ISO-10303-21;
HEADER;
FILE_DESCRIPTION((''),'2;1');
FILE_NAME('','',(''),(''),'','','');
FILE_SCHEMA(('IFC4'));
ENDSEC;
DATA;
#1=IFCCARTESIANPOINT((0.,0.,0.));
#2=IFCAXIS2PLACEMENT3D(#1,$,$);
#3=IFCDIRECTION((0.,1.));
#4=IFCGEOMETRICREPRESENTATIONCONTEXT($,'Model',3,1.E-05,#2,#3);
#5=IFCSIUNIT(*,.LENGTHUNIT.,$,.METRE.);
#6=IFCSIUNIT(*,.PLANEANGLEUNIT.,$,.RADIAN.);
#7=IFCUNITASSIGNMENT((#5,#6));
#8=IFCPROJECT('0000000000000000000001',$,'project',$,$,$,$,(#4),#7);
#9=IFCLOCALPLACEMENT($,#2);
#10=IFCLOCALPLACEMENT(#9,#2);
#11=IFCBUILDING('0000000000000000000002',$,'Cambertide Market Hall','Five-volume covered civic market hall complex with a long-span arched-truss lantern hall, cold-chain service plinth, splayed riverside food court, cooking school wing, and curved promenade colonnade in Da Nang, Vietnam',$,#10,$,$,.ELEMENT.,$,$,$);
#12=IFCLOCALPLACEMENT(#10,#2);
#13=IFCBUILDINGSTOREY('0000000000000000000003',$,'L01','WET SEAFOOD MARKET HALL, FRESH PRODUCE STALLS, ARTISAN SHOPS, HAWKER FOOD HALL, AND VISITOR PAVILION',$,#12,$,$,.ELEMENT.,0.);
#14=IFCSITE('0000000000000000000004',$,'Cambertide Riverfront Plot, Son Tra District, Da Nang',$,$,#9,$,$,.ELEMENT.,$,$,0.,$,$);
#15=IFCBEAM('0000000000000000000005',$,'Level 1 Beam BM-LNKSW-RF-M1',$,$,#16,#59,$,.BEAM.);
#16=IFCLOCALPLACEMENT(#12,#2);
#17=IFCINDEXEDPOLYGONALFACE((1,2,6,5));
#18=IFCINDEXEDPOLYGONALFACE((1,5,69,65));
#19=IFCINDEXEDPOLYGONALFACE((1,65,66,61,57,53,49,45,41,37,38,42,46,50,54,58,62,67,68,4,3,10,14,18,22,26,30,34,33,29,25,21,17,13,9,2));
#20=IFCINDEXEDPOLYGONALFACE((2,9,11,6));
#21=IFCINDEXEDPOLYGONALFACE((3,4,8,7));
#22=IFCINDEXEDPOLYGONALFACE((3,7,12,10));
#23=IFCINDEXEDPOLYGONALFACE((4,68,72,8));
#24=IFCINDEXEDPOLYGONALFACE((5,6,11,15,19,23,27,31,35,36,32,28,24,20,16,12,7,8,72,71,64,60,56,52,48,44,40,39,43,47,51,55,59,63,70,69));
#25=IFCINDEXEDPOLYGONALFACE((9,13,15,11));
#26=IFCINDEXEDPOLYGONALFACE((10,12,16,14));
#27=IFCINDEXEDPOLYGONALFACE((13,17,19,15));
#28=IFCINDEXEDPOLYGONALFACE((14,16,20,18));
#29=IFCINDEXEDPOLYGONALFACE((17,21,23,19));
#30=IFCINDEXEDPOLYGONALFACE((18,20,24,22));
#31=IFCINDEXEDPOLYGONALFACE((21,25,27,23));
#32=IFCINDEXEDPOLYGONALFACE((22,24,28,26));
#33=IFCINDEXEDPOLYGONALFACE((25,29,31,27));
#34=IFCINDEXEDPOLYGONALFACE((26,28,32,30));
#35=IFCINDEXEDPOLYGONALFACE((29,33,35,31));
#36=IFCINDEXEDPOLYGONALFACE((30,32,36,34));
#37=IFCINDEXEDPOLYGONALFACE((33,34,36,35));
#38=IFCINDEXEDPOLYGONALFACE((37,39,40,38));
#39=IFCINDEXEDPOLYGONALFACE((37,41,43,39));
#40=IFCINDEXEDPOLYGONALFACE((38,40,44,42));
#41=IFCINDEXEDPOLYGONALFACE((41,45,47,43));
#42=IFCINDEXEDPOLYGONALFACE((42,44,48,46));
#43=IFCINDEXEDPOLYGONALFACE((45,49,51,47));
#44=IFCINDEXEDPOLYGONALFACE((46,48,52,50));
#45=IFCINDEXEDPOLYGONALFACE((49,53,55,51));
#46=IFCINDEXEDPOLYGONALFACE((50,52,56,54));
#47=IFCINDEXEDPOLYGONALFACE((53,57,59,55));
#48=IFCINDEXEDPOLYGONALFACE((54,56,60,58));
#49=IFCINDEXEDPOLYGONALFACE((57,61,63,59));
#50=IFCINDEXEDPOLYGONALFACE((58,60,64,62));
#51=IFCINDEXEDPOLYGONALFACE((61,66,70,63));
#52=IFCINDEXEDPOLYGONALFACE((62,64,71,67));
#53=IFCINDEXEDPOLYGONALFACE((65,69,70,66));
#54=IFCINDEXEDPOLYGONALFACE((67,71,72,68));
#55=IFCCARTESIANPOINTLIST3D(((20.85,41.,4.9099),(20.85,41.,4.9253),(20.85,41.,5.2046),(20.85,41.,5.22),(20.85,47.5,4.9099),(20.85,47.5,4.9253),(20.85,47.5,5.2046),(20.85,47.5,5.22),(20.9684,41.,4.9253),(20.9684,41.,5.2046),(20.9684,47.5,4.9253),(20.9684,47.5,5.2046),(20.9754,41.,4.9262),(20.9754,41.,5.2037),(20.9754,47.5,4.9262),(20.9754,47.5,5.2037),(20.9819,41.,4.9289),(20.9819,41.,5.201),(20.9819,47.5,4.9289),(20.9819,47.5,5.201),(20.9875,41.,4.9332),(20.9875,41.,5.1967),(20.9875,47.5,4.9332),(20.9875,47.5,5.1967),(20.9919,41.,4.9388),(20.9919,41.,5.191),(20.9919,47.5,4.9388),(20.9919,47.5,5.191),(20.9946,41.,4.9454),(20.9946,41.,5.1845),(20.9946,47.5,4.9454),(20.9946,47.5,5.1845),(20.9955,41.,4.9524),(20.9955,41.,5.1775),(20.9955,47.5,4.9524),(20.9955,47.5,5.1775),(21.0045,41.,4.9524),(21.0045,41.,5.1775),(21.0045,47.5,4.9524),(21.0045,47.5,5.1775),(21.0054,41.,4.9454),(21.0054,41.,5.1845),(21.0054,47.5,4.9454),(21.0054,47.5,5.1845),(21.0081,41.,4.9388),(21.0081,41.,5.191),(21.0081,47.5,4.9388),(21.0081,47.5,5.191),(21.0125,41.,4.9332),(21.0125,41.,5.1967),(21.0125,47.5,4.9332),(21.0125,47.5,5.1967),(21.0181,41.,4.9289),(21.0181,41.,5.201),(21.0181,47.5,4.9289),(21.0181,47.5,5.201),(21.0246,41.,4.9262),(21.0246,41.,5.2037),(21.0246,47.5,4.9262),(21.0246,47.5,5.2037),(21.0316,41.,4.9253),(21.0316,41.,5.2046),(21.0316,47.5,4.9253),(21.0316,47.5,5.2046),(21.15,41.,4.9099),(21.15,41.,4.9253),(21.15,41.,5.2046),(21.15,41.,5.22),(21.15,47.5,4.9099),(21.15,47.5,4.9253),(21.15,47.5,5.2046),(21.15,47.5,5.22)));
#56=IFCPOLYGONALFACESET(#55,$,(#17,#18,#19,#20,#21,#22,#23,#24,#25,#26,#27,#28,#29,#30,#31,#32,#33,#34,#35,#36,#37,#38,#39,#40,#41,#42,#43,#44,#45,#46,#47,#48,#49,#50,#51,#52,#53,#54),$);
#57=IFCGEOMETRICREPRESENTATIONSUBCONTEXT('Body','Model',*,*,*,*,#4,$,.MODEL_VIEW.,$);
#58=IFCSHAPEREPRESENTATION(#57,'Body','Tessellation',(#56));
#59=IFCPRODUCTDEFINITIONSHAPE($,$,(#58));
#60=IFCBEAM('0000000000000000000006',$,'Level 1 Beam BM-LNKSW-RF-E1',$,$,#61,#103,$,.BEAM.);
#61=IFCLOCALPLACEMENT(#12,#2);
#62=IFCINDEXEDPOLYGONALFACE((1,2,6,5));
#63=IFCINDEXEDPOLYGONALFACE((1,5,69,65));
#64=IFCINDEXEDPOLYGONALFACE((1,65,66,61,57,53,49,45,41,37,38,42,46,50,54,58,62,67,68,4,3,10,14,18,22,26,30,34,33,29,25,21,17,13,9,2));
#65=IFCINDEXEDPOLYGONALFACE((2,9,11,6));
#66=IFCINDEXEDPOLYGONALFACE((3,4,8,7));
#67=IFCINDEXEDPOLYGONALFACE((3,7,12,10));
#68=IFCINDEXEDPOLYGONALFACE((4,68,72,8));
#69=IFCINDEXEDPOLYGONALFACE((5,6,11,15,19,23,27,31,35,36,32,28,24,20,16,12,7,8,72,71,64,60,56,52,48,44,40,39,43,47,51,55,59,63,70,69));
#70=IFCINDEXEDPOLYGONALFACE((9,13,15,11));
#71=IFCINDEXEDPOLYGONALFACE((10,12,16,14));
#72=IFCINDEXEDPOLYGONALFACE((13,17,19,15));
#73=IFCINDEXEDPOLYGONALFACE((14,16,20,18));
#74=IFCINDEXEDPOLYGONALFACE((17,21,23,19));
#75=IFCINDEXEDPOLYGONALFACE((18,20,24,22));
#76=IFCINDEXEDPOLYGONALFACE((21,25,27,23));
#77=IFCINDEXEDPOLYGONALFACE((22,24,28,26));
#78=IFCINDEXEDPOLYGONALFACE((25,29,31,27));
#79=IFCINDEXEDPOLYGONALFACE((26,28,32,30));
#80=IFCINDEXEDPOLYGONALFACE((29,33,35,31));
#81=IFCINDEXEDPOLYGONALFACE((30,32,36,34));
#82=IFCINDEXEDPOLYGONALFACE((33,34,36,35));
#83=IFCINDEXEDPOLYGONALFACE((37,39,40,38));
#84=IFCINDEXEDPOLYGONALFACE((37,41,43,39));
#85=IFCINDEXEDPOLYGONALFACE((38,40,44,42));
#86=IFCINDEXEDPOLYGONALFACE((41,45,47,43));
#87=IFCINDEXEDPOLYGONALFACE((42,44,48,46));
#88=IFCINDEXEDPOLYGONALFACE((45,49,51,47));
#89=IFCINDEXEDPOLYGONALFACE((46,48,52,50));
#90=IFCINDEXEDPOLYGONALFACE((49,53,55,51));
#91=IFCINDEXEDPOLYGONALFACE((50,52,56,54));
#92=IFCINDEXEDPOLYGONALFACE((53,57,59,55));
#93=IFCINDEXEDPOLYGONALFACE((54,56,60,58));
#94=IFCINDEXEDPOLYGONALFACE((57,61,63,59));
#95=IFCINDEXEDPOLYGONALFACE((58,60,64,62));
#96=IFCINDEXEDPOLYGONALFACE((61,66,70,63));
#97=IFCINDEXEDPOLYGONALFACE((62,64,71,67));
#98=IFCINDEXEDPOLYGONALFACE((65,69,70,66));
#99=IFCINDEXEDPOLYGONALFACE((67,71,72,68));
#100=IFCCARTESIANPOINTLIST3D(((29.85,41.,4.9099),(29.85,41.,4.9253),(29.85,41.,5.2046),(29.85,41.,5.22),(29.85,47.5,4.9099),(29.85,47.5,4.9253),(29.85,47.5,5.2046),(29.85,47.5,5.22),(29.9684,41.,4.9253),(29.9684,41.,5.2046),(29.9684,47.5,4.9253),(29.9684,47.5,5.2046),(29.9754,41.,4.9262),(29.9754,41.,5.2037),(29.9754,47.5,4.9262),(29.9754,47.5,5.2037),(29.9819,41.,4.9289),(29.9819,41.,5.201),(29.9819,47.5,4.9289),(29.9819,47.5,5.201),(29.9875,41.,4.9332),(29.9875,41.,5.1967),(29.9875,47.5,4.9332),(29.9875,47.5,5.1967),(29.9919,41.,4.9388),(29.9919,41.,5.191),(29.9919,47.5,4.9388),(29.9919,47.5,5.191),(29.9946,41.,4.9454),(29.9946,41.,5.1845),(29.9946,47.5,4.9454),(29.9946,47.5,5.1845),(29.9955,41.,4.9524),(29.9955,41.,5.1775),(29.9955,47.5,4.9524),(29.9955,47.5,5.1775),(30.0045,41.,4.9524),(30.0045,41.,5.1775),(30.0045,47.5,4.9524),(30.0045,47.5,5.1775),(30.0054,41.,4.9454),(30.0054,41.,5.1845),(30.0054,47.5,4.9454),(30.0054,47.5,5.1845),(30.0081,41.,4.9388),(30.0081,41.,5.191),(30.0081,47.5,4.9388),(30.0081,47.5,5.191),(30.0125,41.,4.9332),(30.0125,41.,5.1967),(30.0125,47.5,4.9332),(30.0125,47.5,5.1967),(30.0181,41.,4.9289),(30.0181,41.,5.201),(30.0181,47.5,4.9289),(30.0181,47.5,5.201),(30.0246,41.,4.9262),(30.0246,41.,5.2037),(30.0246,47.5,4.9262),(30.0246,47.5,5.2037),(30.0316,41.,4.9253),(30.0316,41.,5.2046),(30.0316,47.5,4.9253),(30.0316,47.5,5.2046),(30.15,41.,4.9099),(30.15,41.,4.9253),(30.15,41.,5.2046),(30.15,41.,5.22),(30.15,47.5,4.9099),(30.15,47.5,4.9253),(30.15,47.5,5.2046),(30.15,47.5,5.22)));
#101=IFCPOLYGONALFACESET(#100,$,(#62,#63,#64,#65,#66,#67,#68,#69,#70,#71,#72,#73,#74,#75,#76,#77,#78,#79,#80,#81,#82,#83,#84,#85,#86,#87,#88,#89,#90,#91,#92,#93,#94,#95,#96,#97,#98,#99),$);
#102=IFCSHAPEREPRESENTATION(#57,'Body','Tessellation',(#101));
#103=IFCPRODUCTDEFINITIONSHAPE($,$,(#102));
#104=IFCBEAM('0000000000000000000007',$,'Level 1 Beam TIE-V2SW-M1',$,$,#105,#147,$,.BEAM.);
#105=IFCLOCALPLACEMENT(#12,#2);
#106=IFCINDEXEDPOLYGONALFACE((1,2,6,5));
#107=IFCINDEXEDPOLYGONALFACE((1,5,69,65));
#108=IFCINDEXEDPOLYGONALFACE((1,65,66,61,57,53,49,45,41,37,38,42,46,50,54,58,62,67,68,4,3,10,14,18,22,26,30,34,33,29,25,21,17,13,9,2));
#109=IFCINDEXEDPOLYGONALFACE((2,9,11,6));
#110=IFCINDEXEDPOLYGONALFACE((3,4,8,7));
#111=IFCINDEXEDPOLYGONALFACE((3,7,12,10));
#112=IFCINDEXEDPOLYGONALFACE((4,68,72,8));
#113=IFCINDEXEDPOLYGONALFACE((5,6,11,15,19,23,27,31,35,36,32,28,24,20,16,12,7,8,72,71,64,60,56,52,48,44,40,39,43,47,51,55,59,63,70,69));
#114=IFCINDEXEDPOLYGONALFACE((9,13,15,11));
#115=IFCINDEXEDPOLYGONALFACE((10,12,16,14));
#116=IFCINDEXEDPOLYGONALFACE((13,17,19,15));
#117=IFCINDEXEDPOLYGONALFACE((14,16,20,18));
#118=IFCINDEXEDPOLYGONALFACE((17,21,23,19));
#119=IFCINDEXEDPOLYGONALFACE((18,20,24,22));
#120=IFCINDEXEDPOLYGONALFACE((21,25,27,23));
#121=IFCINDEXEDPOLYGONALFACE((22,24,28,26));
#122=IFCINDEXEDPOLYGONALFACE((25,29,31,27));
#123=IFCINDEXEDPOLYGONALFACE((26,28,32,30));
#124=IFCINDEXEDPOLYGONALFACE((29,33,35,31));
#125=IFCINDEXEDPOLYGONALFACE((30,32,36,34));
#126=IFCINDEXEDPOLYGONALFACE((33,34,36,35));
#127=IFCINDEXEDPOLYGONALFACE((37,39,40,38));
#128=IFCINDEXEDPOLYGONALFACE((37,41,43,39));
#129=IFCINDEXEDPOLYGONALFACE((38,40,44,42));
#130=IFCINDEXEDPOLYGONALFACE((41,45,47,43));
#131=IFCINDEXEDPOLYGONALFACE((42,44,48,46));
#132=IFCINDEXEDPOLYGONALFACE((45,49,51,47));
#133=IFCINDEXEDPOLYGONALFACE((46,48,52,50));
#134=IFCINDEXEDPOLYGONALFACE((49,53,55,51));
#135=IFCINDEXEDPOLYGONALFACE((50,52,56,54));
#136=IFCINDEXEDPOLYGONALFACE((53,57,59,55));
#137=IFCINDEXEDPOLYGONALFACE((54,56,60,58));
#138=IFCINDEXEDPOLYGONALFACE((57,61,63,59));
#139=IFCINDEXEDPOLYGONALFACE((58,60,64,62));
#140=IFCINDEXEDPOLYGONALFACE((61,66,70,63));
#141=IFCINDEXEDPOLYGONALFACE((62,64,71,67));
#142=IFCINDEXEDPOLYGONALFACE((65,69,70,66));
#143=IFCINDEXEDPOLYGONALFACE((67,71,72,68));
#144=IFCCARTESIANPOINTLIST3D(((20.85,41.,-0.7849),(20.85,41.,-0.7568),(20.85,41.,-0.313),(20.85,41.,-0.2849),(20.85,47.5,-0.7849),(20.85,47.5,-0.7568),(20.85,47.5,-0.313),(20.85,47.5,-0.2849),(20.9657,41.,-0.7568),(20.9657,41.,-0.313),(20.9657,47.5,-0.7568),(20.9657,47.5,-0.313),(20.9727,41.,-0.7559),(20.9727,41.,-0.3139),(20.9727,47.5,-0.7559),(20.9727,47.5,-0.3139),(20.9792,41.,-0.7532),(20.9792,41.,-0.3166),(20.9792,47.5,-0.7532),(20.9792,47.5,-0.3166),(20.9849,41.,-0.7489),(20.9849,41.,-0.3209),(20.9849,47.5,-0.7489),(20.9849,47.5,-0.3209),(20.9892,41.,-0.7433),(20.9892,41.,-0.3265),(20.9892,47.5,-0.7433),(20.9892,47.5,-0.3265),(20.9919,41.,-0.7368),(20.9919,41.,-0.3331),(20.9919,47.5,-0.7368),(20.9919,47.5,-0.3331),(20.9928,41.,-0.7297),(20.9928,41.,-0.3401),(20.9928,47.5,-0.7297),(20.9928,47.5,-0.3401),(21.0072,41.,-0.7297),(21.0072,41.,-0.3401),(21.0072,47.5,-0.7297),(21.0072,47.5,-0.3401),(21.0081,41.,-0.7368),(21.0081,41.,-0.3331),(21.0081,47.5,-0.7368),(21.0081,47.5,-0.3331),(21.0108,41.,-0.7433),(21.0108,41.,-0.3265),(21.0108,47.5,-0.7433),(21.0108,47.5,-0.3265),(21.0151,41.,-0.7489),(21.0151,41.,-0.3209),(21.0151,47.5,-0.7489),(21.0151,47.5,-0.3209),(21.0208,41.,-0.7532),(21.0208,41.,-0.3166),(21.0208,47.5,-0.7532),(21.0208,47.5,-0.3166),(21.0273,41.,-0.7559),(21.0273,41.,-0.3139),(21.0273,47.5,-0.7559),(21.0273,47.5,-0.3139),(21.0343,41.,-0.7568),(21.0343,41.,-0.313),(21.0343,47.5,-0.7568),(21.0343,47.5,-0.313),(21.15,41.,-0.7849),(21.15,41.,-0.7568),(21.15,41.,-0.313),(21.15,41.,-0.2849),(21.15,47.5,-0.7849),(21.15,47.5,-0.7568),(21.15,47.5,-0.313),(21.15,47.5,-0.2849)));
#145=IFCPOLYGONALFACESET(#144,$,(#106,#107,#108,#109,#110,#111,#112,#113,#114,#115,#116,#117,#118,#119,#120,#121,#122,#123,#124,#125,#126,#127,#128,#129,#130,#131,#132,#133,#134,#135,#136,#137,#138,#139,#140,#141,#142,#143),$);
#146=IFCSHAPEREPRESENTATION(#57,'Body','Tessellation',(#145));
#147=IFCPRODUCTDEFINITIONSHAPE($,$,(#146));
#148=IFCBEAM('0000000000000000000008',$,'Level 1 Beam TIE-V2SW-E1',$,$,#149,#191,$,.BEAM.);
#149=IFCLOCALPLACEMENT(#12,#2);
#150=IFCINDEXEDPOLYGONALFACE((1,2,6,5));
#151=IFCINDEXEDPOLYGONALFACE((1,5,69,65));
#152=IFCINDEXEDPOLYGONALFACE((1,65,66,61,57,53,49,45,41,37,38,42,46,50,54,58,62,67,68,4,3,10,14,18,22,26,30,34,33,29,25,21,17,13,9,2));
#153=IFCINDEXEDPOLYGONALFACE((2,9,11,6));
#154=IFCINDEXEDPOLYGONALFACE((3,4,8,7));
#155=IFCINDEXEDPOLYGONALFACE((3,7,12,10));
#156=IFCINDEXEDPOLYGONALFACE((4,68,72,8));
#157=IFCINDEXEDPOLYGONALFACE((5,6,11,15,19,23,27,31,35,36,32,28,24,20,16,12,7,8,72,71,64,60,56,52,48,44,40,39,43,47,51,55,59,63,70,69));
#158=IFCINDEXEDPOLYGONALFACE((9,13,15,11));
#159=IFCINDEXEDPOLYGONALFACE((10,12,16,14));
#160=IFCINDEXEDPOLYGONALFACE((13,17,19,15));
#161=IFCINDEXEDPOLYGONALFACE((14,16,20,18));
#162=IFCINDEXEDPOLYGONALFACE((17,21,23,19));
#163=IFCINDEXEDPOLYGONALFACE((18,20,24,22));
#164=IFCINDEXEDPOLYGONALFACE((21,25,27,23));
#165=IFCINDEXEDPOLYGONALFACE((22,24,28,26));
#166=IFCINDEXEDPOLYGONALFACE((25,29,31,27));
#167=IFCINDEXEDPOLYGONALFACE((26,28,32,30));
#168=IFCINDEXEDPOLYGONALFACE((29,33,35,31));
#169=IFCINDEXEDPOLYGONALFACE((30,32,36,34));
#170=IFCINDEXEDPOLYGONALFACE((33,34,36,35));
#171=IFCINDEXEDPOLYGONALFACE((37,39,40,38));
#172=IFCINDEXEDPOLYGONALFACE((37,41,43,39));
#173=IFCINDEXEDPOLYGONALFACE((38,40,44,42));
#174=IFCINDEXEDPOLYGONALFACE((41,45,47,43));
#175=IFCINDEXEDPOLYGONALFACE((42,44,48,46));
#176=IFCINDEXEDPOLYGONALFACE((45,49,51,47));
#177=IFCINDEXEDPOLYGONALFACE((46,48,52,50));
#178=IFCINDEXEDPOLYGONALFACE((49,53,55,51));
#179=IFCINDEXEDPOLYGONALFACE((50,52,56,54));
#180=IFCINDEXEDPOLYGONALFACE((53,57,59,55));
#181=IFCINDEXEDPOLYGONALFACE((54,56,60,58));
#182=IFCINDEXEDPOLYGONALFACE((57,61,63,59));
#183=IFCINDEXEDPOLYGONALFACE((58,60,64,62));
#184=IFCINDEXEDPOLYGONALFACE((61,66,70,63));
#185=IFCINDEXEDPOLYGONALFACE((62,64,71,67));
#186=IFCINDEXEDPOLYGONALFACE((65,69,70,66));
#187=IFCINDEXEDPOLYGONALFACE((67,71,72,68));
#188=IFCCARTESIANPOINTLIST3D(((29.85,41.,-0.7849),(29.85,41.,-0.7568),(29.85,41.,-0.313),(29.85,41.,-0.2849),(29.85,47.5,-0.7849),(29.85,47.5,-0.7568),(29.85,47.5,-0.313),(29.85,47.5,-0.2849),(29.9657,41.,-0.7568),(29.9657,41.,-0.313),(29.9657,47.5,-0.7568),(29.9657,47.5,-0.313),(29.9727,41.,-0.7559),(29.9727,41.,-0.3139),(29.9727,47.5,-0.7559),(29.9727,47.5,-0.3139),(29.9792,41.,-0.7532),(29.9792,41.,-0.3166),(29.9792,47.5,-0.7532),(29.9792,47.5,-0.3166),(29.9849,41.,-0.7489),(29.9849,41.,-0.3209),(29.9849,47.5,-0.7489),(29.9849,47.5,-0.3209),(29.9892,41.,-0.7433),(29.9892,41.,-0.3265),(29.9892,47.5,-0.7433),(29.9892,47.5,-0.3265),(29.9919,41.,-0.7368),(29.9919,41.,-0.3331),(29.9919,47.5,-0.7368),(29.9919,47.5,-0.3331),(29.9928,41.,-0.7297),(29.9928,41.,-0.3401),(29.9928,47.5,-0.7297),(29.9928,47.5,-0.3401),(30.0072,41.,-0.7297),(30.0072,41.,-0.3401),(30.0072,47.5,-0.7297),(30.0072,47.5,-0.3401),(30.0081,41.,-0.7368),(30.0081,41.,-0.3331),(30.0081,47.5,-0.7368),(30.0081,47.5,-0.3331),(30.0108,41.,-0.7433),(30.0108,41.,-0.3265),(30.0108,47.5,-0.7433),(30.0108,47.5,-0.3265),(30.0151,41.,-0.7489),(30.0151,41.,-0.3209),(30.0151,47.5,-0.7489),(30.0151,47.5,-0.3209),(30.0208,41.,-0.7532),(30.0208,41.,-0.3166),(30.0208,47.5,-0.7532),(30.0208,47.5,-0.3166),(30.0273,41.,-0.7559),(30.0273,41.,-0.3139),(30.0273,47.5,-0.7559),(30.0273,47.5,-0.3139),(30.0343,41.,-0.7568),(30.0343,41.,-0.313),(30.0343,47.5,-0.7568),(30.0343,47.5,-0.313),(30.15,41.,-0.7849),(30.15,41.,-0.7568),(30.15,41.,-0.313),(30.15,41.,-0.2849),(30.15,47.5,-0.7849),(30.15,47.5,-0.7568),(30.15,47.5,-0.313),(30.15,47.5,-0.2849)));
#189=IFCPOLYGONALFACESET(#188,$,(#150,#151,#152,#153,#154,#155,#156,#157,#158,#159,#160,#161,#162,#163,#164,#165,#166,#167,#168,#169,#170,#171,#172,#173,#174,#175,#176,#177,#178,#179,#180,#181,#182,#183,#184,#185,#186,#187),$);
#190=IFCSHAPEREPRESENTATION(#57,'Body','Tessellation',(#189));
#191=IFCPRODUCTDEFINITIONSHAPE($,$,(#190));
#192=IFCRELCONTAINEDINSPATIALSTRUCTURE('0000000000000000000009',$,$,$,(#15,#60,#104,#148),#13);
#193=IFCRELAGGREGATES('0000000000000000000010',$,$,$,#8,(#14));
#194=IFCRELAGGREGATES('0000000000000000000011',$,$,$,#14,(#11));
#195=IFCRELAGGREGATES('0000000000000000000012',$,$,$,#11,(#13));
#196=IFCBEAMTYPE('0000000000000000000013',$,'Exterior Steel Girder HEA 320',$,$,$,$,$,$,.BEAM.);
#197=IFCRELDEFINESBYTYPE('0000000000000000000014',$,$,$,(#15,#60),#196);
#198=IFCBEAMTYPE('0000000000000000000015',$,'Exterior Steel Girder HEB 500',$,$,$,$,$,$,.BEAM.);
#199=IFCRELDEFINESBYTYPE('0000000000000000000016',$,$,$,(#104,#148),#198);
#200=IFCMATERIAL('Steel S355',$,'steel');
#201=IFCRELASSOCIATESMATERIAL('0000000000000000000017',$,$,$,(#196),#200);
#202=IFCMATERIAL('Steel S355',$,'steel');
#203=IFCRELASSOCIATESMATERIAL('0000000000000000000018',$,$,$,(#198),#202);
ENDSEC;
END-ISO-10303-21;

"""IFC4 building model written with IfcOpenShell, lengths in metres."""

from ifc_helpers import new_model, si_unit, direction, frame, origin, origin_2d, place, context, subcontext, project, spatial, i_section, extrude, material, material_profile, profile_set, type_object, element, save


model = new_model("IFC4")

# Units and contexts
model_context = context("Model", 3, precision=1e-05, world=origin(), true_north=direction((0.0, 1.0)))
body_context = subcontext(model_context, "Body", "Model", "MODEL_VIEW")
ifc_project = project(units=[si_unit("LENGTHUNIT", "METRE"), si_unit("PLANEANGLEUNIT", "RADIAN")], contexts=[model_context])

# Site, building, storey
site_placement = place(None, origin())
site = spatial("IfcSite", under=ifc_project, at=site_placement, Name="Cambertide Riverfront Plot, Son Tra District, Da Nang", CompositionType="ELEMENT", RefElevation=0.0)
building_placement = place(site_placement, origin())
building = spatial("IfcBuilding", under=site, at=building_placement, Name="Cambertide Market Hall", Description="Five-volume covered civic market hall complex with a long-span arched-truss lantern hall, cold-chain service plinth, splayed riverside food court, cooking school wing, and curved promenade colonnade in Da Nang, Vietnam", CompositionType="ELEMENT")
storey_placement = place(building_placement, origin())
storey = spatial("IfcBuildingStorey", under=building, at=storey_placement, Name="L01", Description="WET SEAFOOD MARKET HALL, FRESH PRODUCE STALLS, ARTISAN SHOPS, HAWKER FOOD HALL, AND VISITOR PAVILION", CompositionType="ELEMENT", Elevation=0.0)

# Beams
ifc_material_1 = material(Name="Steel S355", Category="steel")
ifc_material_profile_1 = material_profile(ifc_material_1, i_section(OverallWidth=0.3, OverallDepth=0.3101, WebThickness=0.009, FlangeThickness=0.0154, FilletRadius=0.0271, at=origin_2d()), Name="HEA 320")
ifc_profile_set_1 = profile_set([ifc_material_profile_1], Name="Steel S355")
beam_type_1 = type_object("IfcBeamType", Name="Exterior Steel Girder HEA 320", PredefinedType="BEAM", material=ifc_profile_set_1)
for number, where, z_axis, x_axis, name in (
    (1, (21.0, 41.0, 5.0649), (0.0, 1.0, 0.0), (-1.0, 0.0, 0.0), "Level 1 Beam BM-LNKSW-RF-M1"),
    (2, (30.0, 41.0, 5.0649), (0.0, 1.0, 0.0), (-1.0, 0.0, 0.0), "Level 1 Beam BM-LNKSW-RF-E1"),
):
    element("IfcBeam", number, at=place(storey_placement, frame(where, z_axis=z_axis, x_axis=x_axis)), inside=storey, type_object=beam_type_1, Name=name, PredefinedType="BEAM", context=body_context, shape_type="SweptSolid", body=[
        extrude(i_section(OverallWidth=0.3, OverallDepth=0.3101, WebThickness=0.009, FlangeThickness=0.0154, FilletRadius=0.0271, at=origin_2d()), origin(), (0.0, 0.0, 1.0), 6.5),
    ])
ifc_material_2 = material(Name="Steel S355", Category="steel")
ifc_material_profile_2 = material_profile(ifc_material_2, i_section(OverallWidth=0.3, OverallDepth=0.5, WebThickness=0.0144, FlangeThickness=0.0281, FilletRadius=0.0271, at=origin_2d()), Name="HEB 500")
ifc_profile_set_2 = profile_set([ifc_material_profile_2], Name="Steel S355")
beam_type_2 = type_object("IfcBeamType", Name="Exterior Steel Girder HEB 500", PredefinedType="BEAM", material=ifc_profile_set_2)
for number, where, z_axis, x_axis, name in (
    (3, (21.0, 41.0, -0.5349), (0.0, 1.0, 0.0), (-1.0, 0.0, 0.0), "Level 1 Beam TIE-V2SW-M1"),
    (4, (30.0, 41.0, -0.5349), (0.0, 1.0, 0.0), (-1.0, 0.0, 0.0), "Level 1 Beam TIE-V2SW-E1"),
):
    element("IfcBeam", number, at=place(storey_placement, frame(where, z_axis=z_axis, x_axis=x_axis)), inside=storey, type_object=beam_type_2, Name=name, PredefinedType="BEAM", context=body_context, shape_type="SweptSolid", body=[
        extrude(i_section(OverallWidth=0.3, OverallDepth=0.5, WebThickness=0.0144, FlangeThickness=0.0281, FilletRadius=0.0271, at=origin_2d()), origin(), (0.0, 0.0, 1.0), 6.5),
    ])

save(model, "model.ifc")
